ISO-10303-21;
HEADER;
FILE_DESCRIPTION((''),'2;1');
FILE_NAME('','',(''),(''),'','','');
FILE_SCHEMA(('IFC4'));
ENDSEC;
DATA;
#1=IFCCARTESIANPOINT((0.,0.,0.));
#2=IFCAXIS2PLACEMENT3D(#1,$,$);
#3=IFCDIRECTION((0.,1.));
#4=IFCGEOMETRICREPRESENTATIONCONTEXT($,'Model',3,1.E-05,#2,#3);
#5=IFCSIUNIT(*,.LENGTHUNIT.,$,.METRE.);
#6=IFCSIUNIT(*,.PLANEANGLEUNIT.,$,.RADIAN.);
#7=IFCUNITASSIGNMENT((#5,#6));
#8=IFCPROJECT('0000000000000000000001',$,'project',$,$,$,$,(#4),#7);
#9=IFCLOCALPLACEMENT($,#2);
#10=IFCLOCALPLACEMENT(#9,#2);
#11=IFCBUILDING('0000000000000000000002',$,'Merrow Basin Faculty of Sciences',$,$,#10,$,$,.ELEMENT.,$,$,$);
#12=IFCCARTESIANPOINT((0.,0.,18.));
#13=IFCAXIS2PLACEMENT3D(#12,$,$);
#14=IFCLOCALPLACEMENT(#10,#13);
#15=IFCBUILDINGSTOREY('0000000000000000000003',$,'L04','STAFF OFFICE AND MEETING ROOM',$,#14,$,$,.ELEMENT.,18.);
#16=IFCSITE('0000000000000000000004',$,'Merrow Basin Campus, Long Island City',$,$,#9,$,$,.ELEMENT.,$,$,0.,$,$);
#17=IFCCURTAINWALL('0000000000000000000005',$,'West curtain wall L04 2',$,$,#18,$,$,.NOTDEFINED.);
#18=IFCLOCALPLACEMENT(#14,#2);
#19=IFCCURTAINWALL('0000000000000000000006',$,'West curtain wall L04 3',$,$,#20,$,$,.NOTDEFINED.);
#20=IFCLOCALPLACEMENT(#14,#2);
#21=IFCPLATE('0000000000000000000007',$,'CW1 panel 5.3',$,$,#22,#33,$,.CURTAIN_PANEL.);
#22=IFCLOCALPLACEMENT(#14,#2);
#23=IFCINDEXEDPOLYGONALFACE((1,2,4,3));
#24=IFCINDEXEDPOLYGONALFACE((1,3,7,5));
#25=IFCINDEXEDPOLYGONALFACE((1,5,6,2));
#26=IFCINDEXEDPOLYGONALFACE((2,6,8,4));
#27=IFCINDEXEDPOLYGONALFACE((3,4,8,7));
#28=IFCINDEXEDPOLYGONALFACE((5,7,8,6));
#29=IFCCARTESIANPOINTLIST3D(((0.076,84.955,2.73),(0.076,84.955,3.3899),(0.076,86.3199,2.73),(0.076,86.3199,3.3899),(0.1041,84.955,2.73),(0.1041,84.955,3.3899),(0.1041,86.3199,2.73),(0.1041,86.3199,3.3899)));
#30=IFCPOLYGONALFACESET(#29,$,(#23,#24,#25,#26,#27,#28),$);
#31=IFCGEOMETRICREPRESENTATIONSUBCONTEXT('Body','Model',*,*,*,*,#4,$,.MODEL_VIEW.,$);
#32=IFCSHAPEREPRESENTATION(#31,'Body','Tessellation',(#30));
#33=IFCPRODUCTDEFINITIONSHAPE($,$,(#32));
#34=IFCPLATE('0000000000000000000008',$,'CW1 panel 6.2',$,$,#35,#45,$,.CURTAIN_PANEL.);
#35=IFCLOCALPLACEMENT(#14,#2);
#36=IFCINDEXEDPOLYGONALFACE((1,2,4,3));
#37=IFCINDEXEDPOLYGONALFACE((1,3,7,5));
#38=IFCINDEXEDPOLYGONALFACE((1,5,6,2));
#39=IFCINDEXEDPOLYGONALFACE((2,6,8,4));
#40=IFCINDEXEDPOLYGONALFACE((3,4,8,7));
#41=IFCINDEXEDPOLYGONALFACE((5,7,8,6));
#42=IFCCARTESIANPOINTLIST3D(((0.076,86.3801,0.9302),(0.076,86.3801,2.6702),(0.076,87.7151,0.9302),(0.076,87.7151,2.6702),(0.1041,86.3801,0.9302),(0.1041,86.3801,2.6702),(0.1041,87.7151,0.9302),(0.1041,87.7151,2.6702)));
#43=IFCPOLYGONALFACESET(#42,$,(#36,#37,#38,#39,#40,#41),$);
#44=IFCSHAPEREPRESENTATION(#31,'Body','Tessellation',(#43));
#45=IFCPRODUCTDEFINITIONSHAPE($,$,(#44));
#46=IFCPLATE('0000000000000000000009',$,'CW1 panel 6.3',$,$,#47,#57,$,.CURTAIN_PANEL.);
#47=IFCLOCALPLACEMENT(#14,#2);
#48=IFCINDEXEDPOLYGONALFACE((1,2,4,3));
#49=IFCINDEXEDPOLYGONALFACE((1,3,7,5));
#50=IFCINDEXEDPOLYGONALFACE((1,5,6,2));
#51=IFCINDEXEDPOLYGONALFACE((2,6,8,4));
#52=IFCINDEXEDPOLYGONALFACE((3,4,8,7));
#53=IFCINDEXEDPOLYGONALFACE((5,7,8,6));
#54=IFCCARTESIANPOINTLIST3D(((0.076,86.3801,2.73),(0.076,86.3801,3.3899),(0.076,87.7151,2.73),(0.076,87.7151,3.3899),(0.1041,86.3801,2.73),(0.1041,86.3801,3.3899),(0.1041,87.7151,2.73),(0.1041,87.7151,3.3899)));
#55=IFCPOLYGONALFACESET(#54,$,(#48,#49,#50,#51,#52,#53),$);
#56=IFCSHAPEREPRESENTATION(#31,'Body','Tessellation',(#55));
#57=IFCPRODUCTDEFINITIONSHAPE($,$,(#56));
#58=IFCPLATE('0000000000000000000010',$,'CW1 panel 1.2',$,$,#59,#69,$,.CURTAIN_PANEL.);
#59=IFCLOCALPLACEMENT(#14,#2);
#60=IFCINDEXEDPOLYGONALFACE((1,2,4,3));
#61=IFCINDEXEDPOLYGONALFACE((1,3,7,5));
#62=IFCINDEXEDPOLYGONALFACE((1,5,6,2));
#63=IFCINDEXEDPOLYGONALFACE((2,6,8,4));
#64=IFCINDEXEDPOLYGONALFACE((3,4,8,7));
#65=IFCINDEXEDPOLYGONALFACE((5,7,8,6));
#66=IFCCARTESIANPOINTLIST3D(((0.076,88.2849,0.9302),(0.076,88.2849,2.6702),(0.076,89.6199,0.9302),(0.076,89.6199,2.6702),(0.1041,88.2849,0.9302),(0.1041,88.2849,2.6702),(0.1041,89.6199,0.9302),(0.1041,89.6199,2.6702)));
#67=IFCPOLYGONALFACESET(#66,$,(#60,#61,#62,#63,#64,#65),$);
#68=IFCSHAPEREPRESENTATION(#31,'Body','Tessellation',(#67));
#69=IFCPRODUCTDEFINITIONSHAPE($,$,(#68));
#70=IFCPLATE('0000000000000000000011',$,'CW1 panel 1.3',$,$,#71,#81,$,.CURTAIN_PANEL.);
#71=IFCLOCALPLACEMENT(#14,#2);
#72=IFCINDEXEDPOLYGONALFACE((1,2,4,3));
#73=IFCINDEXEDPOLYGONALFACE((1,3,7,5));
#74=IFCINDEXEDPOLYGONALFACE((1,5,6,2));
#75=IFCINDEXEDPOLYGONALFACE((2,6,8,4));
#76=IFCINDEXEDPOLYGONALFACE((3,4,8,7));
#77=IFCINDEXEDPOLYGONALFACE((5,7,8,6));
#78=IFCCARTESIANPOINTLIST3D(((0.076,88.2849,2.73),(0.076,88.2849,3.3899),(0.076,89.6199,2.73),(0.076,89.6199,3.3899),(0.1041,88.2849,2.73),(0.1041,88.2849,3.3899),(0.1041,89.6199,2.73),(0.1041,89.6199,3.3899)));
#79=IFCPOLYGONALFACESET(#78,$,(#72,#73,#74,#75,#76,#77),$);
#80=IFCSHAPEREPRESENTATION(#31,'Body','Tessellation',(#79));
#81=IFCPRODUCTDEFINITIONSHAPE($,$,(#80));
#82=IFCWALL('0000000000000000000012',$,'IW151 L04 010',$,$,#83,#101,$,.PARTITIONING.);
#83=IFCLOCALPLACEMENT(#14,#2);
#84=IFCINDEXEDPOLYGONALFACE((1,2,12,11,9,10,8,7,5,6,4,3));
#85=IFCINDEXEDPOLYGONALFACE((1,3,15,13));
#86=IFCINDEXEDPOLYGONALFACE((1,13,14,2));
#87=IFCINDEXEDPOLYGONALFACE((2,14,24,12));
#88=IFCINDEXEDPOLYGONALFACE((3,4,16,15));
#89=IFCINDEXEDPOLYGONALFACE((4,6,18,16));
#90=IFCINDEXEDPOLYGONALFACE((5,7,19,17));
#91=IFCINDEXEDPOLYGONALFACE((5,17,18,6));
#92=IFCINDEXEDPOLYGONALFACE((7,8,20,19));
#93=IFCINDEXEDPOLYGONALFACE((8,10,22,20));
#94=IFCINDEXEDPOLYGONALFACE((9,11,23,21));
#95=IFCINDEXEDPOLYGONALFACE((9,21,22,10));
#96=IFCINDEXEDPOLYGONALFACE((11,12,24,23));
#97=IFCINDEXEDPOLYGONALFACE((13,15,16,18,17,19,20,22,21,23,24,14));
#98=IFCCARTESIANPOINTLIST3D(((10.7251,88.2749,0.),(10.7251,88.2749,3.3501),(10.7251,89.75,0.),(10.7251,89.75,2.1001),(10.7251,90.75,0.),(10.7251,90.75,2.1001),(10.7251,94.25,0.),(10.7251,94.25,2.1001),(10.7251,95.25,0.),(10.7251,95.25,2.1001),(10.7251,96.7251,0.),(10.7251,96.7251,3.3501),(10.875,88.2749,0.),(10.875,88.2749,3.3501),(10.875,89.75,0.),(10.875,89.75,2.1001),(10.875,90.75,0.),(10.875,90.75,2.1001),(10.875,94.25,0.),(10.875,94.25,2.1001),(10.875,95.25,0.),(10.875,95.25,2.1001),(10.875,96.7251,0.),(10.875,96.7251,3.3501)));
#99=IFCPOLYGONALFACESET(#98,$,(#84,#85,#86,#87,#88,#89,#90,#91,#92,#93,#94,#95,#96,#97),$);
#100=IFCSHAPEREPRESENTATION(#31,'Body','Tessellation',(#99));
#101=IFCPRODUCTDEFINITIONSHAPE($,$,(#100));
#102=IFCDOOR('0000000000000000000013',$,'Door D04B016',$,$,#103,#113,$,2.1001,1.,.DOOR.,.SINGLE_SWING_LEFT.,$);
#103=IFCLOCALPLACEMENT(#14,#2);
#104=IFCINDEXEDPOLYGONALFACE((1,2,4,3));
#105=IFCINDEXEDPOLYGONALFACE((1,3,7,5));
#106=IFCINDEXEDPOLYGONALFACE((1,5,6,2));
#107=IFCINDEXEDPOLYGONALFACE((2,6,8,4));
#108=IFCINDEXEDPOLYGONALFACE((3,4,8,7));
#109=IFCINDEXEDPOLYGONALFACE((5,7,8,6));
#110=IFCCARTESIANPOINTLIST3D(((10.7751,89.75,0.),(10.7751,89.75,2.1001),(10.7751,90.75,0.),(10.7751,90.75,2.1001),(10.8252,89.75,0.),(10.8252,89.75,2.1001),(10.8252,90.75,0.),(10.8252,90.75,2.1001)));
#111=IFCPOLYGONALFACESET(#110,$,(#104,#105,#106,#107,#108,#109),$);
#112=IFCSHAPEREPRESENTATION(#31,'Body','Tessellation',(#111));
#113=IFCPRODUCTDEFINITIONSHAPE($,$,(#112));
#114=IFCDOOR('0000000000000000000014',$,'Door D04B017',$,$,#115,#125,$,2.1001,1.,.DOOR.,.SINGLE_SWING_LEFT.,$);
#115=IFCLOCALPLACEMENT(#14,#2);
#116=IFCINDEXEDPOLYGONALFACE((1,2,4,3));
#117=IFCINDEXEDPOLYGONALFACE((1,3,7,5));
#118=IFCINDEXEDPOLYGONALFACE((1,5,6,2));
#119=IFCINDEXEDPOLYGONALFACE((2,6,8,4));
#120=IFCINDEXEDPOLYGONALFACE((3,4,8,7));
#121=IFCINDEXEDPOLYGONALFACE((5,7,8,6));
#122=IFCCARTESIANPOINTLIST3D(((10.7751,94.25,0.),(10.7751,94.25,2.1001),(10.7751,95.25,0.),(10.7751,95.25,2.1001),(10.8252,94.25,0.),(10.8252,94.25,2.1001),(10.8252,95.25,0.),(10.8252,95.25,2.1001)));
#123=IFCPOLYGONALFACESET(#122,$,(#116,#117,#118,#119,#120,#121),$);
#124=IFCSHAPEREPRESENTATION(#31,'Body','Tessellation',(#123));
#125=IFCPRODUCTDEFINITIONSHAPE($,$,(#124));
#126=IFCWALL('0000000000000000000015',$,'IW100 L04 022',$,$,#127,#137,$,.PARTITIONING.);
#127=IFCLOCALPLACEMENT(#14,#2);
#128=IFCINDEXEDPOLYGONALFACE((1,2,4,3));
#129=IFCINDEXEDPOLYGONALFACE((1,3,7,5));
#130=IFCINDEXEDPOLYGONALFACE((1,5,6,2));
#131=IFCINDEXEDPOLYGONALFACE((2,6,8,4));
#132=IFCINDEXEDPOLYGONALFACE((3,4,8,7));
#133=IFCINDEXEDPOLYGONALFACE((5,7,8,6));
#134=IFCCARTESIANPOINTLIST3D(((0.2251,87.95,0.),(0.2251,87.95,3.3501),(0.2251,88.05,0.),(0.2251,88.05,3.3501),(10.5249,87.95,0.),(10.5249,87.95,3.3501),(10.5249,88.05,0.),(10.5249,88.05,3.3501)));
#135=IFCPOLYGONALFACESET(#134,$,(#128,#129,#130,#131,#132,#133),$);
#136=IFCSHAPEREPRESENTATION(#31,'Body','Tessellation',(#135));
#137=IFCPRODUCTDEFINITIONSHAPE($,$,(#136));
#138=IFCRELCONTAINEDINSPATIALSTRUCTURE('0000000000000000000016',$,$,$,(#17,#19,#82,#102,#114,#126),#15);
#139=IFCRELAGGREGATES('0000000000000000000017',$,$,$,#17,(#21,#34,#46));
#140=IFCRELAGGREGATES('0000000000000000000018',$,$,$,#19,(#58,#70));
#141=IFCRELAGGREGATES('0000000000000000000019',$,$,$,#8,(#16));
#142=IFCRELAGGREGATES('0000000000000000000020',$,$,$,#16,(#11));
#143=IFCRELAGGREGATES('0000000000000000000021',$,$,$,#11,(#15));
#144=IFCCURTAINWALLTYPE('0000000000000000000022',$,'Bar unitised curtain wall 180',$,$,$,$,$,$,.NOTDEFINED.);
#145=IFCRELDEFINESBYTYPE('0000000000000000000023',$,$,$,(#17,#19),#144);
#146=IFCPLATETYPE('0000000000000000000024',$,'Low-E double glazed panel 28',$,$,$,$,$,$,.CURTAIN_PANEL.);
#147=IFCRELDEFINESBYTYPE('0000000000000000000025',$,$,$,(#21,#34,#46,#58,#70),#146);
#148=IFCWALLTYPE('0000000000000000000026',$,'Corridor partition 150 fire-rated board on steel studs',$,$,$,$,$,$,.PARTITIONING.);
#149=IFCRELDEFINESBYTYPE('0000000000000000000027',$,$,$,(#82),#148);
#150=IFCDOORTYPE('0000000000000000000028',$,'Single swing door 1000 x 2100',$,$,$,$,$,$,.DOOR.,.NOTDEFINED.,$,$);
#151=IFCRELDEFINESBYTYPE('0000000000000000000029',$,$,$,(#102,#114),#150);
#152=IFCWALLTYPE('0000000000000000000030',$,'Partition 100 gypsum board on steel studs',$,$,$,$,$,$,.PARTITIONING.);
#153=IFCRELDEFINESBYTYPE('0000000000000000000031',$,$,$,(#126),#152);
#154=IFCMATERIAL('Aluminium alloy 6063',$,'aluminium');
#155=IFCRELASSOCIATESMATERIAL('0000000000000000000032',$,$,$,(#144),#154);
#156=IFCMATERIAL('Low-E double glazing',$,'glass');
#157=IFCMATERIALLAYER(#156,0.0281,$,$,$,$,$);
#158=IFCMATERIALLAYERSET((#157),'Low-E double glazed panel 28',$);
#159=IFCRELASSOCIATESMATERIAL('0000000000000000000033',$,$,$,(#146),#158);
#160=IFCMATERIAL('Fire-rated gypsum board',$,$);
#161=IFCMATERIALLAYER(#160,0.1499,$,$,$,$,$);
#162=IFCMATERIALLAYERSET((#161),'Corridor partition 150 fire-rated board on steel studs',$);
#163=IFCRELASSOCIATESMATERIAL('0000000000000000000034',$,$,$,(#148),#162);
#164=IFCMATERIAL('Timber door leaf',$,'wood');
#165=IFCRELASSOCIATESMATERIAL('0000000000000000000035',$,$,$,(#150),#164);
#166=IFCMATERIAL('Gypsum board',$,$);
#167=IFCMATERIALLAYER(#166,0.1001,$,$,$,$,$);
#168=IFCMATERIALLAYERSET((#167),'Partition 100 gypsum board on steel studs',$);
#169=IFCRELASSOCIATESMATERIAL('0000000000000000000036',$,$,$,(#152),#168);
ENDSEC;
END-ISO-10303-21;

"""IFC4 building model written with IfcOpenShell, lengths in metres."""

from ifc_helpers import new_model, si_unit, direction, frame, frame_2d, origin, origin_2d, place, context, subcontext, project, spatial, rectangle, extrude, material, layer, layer_set, type_object, element, fill, aggregate, save


model = new_model("IFC4")

# Units and contexts
model_context = context("Model", 3, precision=1e-05, world=origin(), true_north=direction((0.0, 1.0)))
body_context = subcontext(model_context, "Body", "Model", "MODEL_VIEW")
ifc_project = project(units=[si_unit("LENGTHUNIT", "METRE"), si_unit("PLANEANGLEUNIT", "RADIAN")], contexts=[model_context])

# Site, building, storey
site_placement = place(None, origin())
site = spatial("IfcSite", under=ifc_project, at=site_placement, Name="Merrow Basin Campus, Long Island City", CompositionType="ELEMENT", RefElevation=0.0)
building_placement = place(site_placement, origin())
building = spatial("IfcBuilding", under=site, at=building_placement, Name="Merrow Basin Faculty of Sciences", CompositionType="ELEMENT")
storey_placement = place(building_placement, frame((0.0, 0.0, 18.0)))
storey = spatial("IfcBuildingStorey", under=building, at=storey_placement, Name="L04", Description="STAFF OFFICE AND MEETING ROOM", CompositionType="ELEMENT", Elevation=18.0)

# Curtain walls
ifc_material_1 = material(Name="Aluminium alloy 6063", Category="aluminium")
curtain_wall_type = type_object("IfcCurtainWallType", Name="Bar unitised curtain wall 180", PredefinedType="NOTDEFINED", material=ifc_material_1)
curtain_wall_1_placement = place(storey_placement, origin())
curtain_wall_1 = element("IfcCurtainWall", 1, at=curtain_wall_1_placement, inside=storey, type_object=curtain_wall_type, Name="West curtain wall L04 2", PredefinedType="NOTDEFINED")
curtain_wall_2_placement = place(storey_placement, origin())
curtain_wall_2 = element("IfcCurtainWall", 2, at=curtain_wall_2_placement, inside=storey, type_object=curtain_wall_type, Name="West curtain wall L04 3", PredefinedType="NOTDEFINED")

# Plates
ifc_material_2 = material(Name="Low-E double glazing", Category="glass")
ifc_layer_1 = layer(ifc_material_2, 0.0281)
ifc_layer_set_1 = layer_set([ifc_layer_1], Name="Low-E double glazed panel 28")
plate_type_1 = type_object("IfcPlateType", Name="Low-E double glazed panel 28", PredefinedType="CURTAIN_PANEL", material=ifc_layer_set_1)
plate_1_placement = place(storey_placement, frame((0.0901, 85.6375, 2.73), z_axis=(0.0, 0.0, 1.0), x_axis=(0.0, 1.0, 0.0)))
plate_1 = element("IfcPlate", 3, at=plate_1_placement, type_object=plate_type_1, Name="CW1 panel 5.3", PredefinedType="CURTAIN_PANEL", context=body_context, shape_type="SweptSolid", body=[
    extrude(rectangle(XDim=1.365, YDim=0.0281, at=origin_2d()), origin(), (0.0, 0.0, 1.0), 0.6599),
])
plate_2_placement = place(storey_placement, frame((0.0901, 87.0476, 0.9302), z_axis=(0.0, 0.0, 1.0), x_axis=(0.0, 1.0, 0.0)))
plate_2 = element("IfcPlate", 4, at=plate_2_placement, type_object=plate_type_1, Name="CW1 panel 6.2", PredefinedType="CURTAIN_PANEL", context=body_context, shape_type="SweptSolid", body=[
    extrude(rectangle(XDim=1.335, YDim=0.0281, at=origin_2d()), origin(), (0.0, 0.0, 1.0), 1.74),
])
plate_3_placement = place(storey_placement, frame((0.0901, 87.0476, 2.73), z_axis=(0.0, 0.0, 1.0), x_axis=(0.0, 1.0, 0.0)))
plate_3 = element("IfcPlate", 5, at=plate_3_placement, type_object=plate_type_1, Name="CW1 panel 6.3", PredefinedType="CURTAIN_PANEL", context=body_context, shape_type="SweptSolid", body=[
    extrude(rectangle(XDim=1.335, YDim=0.0281, at=origin_2d()), origin(), (0.0, 0.0, 1.0), 0.6599),
])
aggregate(curtain_wall_1, [plate_1, plate_2, plate_3])
plate_4_placement = place(storey_placement, frame((0.0901, 88.9524, 0.9302), z_axis=(0.0, 0.0, 1.0), x_axis=(0.0, 1.0, 0.0)))
plate_4 = element("IfcPlate", 6, at=plate_4_placement, type_object=plate_type_1, Name="CW1 panel 1.2", PredefinedType="CURTAIN_PANEL", context=body_context, shape_type="SweptSolid", body=[
    extrude(rectangle(XDim=1.335, YDim=0.0281, at=origin_2d()), origin(), (0.0, 0.0, 1.0), 1.74),
])
plate_5_placement = place(storey_placement, frame((0.0901, 88.9524, 2.73), z_axis=(0.0, 0.0, 1.0), x_axis=(0.0, 1.0, 0.0)))
plate_5 = element("IfcPlate", 7, at=plate_5_placement, type_object=plate_type_1, Name="CW1 panel 1.3", PredefinedType="CURTAIN_PANEL", context=body_context, shape_type="SweptSolid", body=[
    extrude(rectangle(XDim=1.335, YDim=0.0281, at=origin_2d()), origin(), (0.0, 0.0, 1.0), 0.6599),
])
aggregate(curtain_wall_2, [plate_4, plate_5])

# Wall, openings, doors
ifc_material_3 = material(Name="Fire-rated gypsum board")
ifc_layer_2 = layer(ifc_material_3, 0.1499)
ifc_layer_set_2 = layer_set([ifc_layer_2], Name="Corridor partition 150 fire-rated board on steel studs")
wall_type_1 = type_object("IfcWallType", Name="Corridor partition 150 fire-rated board on steel studs", PredefinedType="PARTITIONING", material=ifc_layer_set_2)
wall_1_placement = place(storey_placement, frame((10.8, 88.2749, 0.0), z_axis=(0.0, 0.0, 1.0), x_axis=(0.0, 1.0, 0.0)))
wall_1 = element("IfcWall", 8, at=wall_1_placement, inside=storey, type_object=wall_type_1, Name="IW151 L04 010", PredefinedType="PARTITIONING", context=body_context, shape_type="SweptSolid", body=[
    extrude(rectangle(XDim=8.4502, YDim=0.1499, at=frame_2d((4.2251, 0.0))), origin(), (0.0, 0.0, 1.0), 3.3501),
])
opening_1_placement = place(wall_1_placement, frame((1.4751, 0.0, 0.0)))
opening_1 = element("IfcOpeningElement", 9, at=opening_1_placement, cuts=wall_1, PredefinedType="OPENING", context=body_context, shape_type="SweptSolid", body=[
    extrude(rectangle(XDim=1.0, YDim=2.1001, at=frame_2d((0.5, 1.05))), frame((0.0, 0.085, 0.0), z_axis=(0.0, -1.0, 0.0), x_axis=(1.0, 0.0, 0.0)), (0.0, 0.0, 1.0), 0.1699),
])
opening_2_placement = place(wall_1_placement, frame((5.9751, 0.0, 0.0)))
opening_2 = element("IfcOpeningElement", 10, at=opening_2_placement, cuts=wall_1, PredefinedType="OPENING", context=body_context, shape_type="SweptSolid", body=[
    extrude(rectangle(XDim=1.0, YDim=2.1001, at=frame_2d((0.5, 1.05))), frame((0.0, 0.085, 0.0), z_axis=(0.0, -1.0, 0.0), x_axis=(1.0, 0.0, 0.0)), (0.0, 0.0, 1.0), 0.1699),
])
ifc_material_4 = material(Name="Timber door leaf", Category="wood")
door_type = type_object("IfcDoorType", Name="Single swing door 1000 x 2100", OperationType="NOTDEFINED", PredefinedType="DOOR", material=ifc_material_4)
door_1_placement = place(opening_1_placement, origin())
door_1 = element("IfcDoor", 11, at=door_1_placement, inside=storey, type_object=door_type, Name="Door D04B016", OperationType="SINGLE_SWING_LEFT", OverallHeight=2.1001, OverallWidth=1.0, PredefinedType="DOOR", context=body_context, shape_type="SweptSolid", body=[
    extrude(rectangle(XDim=1.0, YDim=2.1001, at=frame_2d((0.5, 1.05))), frame((0.0, 0.0249, 0.0), z_axis=(0.0, -1.0, 0.0), x_axis=(1.0, 0.0, 0.0)), (0.0, 0.0, 1.0), 0.05),
])
fill(opening_1, door_1)
door_2_placement = place(opening_2_placement, origin())
door_2 = element("IfcDoor", 12, at=door_2_placement, inside=storey, type_object=door_type, Name="Door D04B017", OperationType="SINGLE_SWING_LEFT", OverallHeight=2.1001, OverallWidth=1.0, PredefinedType="DOOR", context=body_context, shape_type="SweptSolid", body=[
    extrude(rectangle(XDim=1.0, YDim=2.1001, at=frame_2d((0.5, 1.05))), frame((0.0, 0.0249, 0.0), z_axis=(0.0, -1.0, 0.0), x_axis=(1.0, 0.0, 0.0)), (0.0, 0.0, 1.0), 0.05),
])
fill(opening_2, door_2)

# Wall
ifc_material_5 = material(Name="Gypsum board")
ifc_layer_3 = layer(ifc_material_5, 0.1001)
ifc_layer_set_3 = layer_set([ifc_layer_3], Name="Partition 100 gypsum board on steel studs")
wall_type_2 = type_object("IfcWallType", Name="Partition 100 gypsum board on steel studs", PredefinedType="PARTITIONING", material=ifc_layer_set_3)
wall_2_placement = place(storey_placement, frame((0.2251, 88.0, 0.0), z_axis=(0.0, 0.0, 1.0), x_axis=(1.0, 0.0, 0.0)))
element("IfcWall", 13, at=wall_2_placement, inside=storey, type_object=wall_type_2, Name="IW100 L04 022", PredefinedType="PARTITIONING", context=body_context, shape_type="SweptSolid", body=[
    extrude(rectangle(XDim=10.2998, YDim=0.1001, at=frame_2d((5.1499, 0.0))), origin(), (0.0, 0.0, 1.0), 3.3501),
])

save(model, "model.ifc")
